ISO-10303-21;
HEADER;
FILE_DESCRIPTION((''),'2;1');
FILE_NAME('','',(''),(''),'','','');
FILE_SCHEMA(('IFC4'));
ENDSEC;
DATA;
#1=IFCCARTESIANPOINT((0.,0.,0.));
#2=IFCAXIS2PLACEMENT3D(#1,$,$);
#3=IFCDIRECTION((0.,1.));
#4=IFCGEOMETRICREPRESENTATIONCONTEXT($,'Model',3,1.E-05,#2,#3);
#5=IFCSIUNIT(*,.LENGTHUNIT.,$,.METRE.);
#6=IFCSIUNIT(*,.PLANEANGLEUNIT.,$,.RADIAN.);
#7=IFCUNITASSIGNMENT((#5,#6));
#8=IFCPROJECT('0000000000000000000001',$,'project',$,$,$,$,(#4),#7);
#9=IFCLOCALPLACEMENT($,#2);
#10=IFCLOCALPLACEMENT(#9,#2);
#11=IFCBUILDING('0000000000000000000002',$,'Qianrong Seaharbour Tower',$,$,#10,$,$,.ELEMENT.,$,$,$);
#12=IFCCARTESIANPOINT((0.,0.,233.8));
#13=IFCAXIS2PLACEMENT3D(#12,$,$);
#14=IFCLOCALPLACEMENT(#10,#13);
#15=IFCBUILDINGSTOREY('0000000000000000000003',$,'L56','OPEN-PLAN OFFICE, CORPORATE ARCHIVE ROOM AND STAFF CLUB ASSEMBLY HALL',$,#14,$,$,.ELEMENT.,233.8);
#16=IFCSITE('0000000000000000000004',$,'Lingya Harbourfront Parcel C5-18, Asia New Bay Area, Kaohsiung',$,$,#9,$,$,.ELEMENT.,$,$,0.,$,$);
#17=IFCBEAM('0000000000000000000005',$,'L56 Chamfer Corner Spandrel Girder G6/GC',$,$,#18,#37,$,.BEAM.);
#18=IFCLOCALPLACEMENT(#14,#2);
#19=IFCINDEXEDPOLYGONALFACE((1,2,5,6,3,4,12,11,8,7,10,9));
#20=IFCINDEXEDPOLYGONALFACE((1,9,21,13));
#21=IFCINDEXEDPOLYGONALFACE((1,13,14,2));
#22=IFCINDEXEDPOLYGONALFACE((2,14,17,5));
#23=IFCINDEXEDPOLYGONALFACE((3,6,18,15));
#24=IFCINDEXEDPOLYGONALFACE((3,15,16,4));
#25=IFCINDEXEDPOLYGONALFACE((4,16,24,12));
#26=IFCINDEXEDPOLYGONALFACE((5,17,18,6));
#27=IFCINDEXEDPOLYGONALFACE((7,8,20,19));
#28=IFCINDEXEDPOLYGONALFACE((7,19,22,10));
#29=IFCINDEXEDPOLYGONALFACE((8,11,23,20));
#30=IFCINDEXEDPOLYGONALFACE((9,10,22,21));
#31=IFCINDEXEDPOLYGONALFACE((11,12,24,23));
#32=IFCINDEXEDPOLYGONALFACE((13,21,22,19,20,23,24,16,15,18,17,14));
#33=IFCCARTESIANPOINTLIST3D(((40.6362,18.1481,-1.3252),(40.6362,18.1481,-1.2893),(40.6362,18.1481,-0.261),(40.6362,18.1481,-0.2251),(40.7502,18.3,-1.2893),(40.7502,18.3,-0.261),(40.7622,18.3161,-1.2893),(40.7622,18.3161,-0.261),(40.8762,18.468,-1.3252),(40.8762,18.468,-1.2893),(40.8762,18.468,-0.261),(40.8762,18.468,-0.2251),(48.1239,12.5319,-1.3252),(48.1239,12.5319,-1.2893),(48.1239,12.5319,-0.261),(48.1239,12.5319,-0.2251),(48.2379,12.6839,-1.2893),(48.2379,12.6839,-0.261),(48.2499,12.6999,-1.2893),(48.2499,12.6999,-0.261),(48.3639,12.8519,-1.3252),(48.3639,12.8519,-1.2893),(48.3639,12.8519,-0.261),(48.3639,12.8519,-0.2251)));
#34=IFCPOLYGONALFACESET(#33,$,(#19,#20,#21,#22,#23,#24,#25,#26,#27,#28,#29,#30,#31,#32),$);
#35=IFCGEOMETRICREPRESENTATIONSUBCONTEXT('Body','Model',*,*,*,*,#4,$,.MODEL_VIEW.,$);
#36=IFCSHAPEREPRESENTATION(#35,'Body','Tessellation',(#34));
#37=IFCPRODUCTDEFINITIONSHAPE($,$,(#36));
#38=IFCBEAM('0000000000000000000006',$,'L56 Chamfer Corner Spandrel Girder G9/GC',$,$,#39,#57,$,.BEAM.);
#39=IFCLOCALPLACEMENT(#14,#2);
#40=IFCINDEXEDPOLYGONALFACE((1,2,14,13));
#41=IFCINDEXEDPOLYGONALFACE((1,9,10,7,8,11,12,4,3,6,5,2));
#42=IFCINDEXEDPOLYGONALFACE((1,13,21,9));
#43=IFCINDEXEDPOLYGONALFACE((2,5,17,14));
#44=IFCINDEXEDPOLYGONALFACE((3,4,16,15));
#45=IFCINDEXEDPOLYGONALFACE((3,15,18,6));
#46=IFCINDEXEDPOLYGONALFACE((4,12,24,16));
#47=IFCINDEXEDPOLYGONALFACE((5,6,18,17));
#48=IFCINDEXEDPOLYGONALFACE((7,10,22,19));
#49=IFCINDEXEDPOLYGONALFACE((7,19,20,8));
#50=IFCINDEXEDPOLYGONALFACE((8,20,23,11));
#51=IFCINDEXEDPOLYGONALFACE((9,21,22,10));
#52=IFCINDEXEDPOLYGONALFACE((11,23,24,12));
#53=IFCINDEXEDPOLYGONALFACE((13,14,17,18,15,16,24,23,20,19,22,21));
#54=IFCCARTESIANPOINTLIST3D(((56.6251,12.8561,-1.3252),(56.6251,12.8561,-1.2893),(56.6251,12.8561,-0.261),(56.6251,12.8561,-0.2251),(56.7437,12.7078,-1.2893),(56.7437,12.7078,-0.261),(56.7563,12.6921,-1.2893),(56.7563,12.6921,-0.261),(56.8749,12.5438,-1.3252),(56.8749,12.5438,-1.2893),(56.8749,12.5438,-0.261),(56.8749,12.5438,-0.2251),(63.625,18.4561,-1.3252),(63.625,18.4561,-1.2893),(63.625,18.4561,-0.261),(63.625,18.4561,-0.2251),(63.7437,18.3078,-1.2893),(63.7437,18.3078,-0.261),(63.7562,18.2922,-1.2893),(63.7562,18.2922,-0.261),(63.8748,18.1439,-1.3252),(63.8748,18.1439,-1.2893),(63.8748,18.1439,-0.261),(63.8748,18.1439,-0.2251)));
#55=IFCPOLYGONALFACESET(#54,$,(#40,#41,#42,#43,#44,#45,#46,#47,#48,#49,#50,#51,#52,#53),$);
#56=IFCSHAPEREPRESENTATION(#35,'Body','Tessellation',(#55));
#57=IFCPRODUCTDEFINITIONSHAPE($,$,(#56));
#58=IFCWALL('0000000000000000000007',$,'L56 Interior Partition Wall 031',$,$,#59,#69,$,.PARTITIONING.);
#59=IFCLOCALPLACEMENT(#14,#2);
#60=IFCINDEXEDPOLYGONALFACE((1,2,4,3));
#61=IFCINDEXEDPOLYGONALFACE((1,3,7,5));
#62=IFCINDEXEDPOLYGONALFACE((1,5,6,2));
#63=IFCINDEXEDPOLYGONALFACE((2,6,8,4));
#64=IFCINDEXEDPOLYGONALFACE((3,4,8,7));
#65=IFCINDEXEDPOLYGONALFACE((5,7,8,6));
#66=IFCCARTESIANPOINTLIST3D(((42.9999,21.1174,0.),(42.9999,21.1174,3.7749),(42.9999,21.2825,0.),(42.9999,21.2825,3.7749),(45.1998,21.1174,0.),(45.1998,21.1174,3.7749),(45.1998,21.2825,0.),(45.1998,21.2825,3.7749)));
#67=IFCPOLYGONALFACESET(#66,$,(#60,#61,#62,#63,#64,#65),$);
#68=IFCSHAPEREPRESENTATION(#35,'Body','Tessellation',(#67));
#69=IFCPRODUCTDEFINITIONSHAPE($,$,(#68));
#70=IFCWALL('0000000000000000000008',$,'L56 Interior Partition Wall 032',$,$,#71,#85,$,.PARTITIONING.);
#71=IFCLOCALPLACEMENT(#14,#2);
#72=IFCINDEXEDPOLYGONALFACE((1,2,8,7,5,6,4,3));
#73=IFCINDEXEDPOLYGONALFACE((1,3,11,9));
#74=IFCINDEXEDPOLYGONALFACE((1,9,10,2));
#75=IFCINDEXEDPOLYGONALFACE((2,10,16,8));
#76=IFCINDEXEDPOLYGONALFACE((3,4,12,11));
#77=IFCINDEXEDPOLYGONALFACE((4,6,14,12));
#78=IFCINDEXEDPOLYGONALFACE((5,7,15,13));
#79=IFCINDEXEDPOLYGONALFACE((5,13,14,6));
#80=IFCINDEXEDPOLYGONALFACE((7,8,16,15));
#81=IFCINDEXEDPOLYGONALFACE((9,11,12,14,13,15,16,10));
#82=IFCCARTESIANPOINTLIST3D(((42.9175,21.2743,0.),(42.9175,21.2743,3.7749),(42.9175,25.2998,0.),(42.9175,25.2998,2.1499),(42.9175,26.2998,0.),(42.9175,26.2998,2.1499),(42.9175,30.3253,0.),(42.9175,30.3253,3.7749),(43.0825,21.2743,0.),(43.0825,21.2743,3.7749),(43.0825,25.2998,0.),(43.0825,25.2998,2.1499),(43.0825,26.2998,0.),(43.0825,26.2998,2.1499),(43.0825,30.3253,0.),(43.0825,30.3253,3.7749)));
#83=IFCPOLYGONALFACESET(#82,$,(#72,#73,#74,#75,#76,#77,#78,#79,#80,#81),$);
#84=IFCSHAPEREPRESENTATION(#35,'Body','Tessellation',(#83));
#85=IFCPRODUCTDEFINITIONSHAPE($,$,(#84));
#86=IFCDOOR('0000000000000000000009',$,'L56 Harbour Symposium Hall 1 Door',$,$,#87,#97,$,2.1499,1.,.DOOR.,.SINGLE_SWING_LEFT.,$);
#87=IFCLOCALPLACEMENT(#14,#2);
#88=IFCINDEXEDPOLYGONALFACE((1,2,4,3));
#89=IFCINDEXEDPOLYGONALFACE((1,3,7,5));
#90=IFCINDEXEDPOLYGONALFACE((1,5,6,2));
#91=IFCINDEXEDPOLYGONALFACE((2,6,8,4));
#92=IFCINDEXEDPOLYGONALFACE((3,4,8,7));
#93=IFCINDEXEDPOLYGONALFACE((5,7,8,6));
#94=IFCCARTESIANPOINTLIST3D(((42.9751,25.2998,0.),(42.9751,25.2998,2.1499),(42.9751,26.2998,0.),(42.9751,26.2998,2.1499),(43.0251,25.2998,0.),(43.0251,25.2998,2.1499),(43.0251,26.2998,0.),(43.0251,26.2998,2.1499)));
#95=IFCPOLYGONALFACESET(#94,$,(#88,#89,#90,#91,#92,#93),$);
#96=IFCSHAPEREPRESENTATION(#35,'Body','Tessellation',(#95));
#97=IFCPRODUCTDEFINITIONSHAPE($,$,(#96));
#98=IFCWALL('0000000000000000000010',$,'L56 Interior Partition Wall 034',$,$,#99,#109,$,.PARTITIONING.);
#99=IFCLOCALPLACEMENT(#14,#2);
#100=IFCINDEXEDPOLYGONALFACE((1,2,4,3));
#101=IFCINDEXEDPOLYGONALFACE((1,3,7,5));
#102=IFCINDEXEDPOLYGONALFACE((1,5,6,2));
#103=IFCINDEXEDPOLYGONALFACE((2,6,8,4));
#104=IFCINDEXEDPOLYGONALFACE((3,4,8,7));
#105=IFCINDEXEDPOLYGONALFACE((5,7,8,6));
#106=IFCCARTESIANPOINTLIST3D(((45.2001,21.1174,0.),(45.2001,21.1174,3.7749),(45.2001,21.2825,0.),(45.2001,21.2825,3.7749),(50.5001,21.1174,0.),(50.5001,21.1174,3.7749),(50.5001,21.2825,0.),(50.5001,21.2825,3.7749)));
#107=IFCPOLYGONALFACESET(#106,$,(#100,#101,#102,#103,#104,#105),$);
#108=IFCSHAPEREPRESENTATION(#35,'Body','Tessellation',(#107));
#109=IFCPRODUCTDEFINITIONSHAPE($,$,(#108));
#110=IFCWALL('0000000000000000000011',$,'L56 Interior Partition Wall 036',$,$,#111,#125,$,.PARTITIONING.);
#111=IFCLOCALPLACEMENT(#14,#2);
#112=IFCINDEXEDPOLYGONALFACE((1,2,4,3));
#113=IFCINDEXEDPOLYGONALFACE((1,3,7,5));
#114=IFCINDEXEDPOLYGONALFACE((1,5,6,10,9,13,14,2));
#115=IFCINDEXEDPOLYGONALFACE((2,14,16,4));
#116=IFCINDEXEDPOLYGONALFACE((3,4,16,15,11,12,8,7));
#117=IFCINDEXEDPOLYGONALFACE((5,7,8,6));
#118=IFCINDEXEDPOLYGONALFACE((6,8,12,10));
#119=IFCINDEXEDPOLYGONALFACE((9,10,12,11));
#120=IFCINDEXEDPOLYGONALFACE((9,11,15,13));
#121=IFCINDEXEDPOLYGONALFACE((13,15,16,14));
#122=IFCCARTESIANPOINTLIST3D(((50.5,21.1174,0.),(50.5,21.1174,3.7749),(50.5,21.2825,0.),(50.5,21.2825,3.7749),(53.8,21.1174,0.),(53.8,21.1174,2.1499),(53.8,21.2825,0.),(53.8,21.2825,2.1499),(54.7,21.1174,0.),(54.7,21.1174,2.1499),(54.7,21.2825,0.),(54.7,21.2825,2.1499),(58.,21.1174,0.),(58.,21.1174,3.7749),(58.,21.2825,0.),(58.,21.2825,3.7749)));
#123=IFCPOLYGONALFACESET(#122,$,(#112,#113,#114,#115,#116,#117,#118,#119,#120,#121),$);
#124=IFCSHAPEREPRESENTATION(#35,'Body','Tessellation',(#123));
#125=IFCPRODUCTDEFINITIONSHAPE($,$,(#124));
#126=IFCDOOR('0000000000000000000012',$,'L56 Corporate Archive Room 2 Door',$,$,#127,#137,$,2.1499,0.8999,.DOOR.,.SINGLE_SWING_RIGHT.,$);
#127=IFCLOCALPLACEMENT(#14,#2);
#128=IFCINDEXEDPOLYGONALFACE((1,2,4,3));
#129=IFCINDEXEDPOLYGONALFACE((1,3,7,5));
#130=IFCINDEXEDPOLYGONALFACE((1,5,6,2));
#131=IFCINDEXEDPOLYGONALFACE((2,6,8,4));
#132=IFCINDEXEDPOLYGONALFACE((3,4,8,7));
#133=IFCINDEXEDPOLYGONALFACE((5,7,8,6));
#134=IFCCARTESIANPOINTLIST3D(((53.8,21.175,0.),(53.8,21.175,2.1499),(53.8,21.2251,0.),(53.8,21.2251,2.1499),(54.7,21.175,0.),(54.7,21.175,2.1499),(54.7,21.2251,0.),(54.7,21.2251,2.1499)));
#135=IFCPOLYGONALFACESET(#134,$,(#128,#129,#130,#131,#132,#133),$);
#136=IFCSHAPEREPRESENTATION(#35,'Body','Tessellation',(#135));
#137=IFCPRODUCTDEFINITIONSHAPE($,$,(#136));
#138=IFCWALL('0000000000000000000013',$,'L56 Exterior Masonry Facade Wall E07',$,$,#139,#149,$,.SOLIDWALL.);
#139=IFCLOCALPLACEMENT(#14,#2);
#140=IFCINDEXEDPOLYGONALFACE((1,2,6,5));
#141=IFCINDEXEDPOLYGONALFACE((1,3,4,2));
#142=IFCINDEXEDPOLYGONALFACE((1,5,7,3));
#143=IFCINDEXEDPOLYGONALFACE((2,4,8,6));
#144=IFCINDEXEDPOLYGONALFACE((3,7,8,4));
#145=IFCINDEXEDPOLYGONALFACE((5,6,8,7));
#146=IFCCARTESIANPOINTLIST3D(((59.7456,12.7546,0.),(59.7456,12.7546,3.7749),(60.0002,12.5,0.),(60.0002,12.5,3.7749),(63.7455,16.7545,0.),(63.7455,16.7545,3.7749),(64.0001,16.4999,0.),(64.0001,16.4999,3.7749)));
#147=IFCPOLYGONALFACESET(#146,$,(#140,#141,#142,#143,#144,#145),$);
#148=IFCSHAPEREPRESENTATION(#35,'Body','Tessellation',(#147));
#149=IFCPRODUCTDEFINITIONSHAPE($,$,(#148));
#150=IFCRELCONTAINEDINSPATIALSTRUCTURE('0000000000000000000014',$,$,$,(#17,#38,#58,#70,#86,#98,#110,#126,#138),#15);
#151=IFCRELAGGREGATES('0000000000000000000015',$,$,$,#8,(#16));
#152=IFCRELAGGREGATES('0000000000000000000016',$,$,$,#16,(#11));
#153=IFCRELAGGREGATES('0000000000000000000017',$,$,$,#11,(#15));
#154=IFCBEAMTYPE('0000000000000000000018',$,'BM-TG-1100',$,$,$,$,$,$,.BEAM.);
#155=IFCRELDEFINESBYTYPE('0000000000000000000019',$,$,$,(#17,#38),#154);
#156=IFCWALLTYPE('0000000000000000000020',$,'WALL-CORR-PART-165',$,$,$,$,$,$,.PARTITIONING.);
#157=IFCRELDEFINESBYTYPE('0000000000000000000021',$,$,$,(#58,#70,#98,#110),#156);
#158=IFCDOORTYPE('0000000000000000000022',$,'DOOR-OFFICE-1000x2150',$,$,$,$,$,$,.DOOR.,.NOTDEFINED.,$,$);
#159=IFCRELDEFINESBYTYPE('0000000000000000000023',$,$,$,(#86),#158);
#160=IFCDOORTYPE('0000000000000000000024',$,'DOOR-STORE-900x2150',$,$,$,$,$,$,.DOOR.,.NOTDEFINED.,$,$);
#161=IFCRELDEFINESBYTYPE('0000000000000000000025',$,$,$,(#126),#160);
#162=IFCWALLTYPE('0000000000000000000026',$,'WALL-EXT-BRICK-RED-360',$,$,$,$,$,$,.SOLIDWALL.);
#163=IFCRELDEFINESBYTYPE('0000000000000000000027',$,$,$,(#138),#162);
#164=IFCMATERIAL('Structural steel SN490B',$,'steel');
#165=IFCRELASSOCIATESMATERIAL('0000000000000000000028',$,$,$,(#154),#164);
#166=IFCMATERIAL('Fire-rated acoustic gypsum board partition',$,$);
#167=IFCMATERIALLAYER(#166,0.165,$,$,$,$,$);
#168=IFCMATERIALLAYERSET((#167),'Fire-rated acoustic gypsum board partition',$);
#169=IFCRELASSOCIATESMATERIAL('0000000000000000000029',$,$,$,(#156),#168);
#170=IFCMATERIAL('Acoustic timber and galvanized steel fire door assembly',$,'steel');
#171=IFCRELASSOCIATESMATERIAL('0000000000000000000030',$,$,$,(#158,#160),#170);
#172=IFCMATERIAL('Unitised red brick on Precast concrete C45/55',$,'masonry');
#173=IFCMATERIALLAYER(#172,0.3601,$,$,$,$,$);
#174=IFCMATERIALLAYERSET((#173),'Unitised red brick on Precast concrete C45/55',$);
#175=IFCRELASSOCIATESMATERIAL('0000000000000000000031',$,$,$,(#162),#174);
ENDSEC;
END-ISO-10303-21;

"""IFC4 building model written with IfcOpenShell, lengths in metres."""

from ifc_helpers import new_model, si_unit, direction, frame, frame_2d, origin, origin_2d, place, context, subcontext, project, spatial, rectangle, i_section, extrude, material, layer, layer_set, material_profile, profile_set, type_object, element, fill, save


model = new_model("IFC4")

# Units and contexts
model_context = context("Model", 3, precision=1e-05, world=origin(), true_north=direction((0.0, 1.0)))
body_context = subcontext(model_context, "Body", "Model", "MODEL_VIEW")
ifc_project = project(units=[si_unit("LENGTHUNIT", "METRE"), si_unit("PLANEANGLEUNIT", "RADIAN")], contexts=[model_context])

# Site, building, storey
site_placement = place(None, origin())
site = spatial("IfcSite", under=ifc_project, at=site_placement, Name="Lingya Harbourfront Parcel C5-18, Asia New Bay Area, Kaohsiung", CompositionType="ELEMENT", RefElevation=0.0)
building_placement = place(site_placement, origin())
building = spatial("IfcBuilding", under=site, at=building_placement, Name="Qianrong Seaharbour Tower", CompositionType="ELEMENT")
storey_placement = place(building_placement, frame((0.0, 0.0, 233.8)))
storey = spatial("IfcBuildingStorey", under=building, at=storey_placement, Name="L56", Description="OPEN-PLAN OFFICE, CORPORATE ARCHIVE ROOM AND STAFF CLUB ASSEMBLY HALL", CompositionType="ELEMENT", Elevation=233.8)

# Shared definitions
ifc_material_1 = material(Name="Structural steel SN490B", Category="steel")

# Beams
ifc_material_profile_1 = material_profile(ifc_material_1, i_section(OverallWidth=0.3999, OverallDepth=1.1001, WebThickness=0.02, FlangeThickness=0.0359, at=origin_2d()), Name="BH1100x400x20x36")
ifc_profile_set_1 = profile_set([ifc_material_profile_1], Name="Structural steel SN490B")
beam_type_1 = type_object("IfcBeamType", Name="BM-TG-1100", PredefinedType="BEAM", material=ifc_profile_set_1)
beam_1_placement = place(storey_placement, frame((48.2439, 12.6919, -0.7751), z_axis=(-0.799981, 0.600025, 0.0), x_axis=(-0.600025, -0.799981, 0.0)))
element("IfcBeam", 1, at=beam_1_placement, inside=storey, type_object=beam_type_1, Name="L56 Chamfer Corner Spandrel Girder G6/GC", PredefinedType="BEAM", context=body_context, shape_type="SweptSolid", body=[
    extrude(i_section(OverallWidth=0.3999, OverallDepth=1.1001, WebThickness=0.02, FlangeThickness=0.0359, at=origin_2d()), origin(), (0.0, 0.0, 1.0), 9.3599),
])
beam_2_placement = place(storey_placement, frame((56.75, 12.7, -0.7751), z_axis=(0.780863, 0.624702, 0.0), x_axis=(-0.624702, 0.780863, 0.0)))
element("IfcBeam", 2, at=beam_2_placement, inside=storey, type_object=beam_type_1, Name="L56 Chamfer Corner Spandrel Girder G9/GC", PredefinedType="BEAM", context=body_context, shape_type="SweptSolid", body=[
    extrude(i_section(OverallWidth=0.3999, OverallDepth=1.1001, WebThickness=0.02, FlangeThickness=0.0359, at=origin_2d()), origin(), (0.0, 0.0, 1.0), 8.9644),
])

# Wall
ifc_material_2 = material(Name="Fire-rated acoustic gypsum board partition")
ifc_layer_1 = layer(ifc_material_2, 0.165)
ifc_layer_set_1 = layer_set([ifc_layer_1], Name="Fire-rated acoustic gypsum board partition")
wall_type_1 = type_object("IfcWallType", Name="WALL-CORR-PART-165", PredefinedType="PARTITIONING", material=ifc_layer_set_1)
wall_1_placement = place(storey_placement, frame((45.2, 21.2, 0.0), z_axis=(0.0, 0.0, 1.0), x_axis=(-1.0, 0.0, 0.0)))
element("IfcWall", 3, at=wall_1_placement, inside=storey, type_object=wall_type_1, Name="L56 Interior Partition Wall 031", PredefinedType="PARTITIONING", context=body_context, shape_type="SweptSolid", body=[
    extrude(rectangle(XDim=2.2, YDim=0.165, at=frame_2d((1.1001, 0.0))), origin(), (0.0, 0.0, 1.0), 3.7749),
])

# Wall, opening, door
wall_2_placement = place(storey_placement, frame((43.0, 21.2744, 0.0), z_axis=(0.0, 0.0, 1.0), x_axis=(0.0, 1.0, 0.0)))
wall_2 = element("IfcWall", 4, at=wall_2_placement, inside=storey, type_object=wall_type_1, Name="L56 Interior Partition Wall 032", PredefinedType="PARTITIONING", context=body_context, shape_type="SweptSolid", body=[
    extrude(rectangle(XDim=9.051, YDim=0.165, at=frame_2d((4.5254, 0.0))), origin(), (0.0, 0.0, 1.0), 3.7749),
])
opening_1_placement = place(wall_2_placement, frame((4.0254, 0.0, 0.0)))
opening_1 = element("IfcOpeningElement", 5, at=opening_1_placement, cuts=wall_2, PredefinedType="OPENING", context=body_context, shape_type="SweptSolid", body=[
    extrude(rectangle(XDim=1.0, YDim=2.1499, at=frame_2d((0.5, 1.075))), frame((0.0, 0.0925, 0.0), z_axis=(0.0, -1.0, 0.0), x_axis=(1.0, 0.0, 0.0)), (0.0, 0.0, 1.0), 0.1851),
])
ifc_material_3 = material(Name="Acoustic timber and galvanized steel fire door assembly", Category="steel")
door_type_1 = type_object("IfcDoorType", Name="DOOR-OFFICE-1000x2150", OperationType="NOTDEFINED", PredefinedType="DOOR", material=ifc_material_3)
door_1_placement = place(opening_1_placement, origin())
door_1 = element("IfcDoor", 6, at=door_1_placement, inside=storey, type_object=door_type_1, Name="L56 Harbour Symposium Hall 1 Door", OperationType="SINGLE_SWING_LEFT", OverallHeight=2.1499, OverallWidth=1.0, PredefinedType="DOOR", context=body_context, shape_type="SweptSolid", body=[
    extrude(rectangle(XDim=1.0, YDim=2.1499, at=frame_2d((0.5, 1.075))), frame((0.0, 0.0249, 0.0), z_axis=(0.0, -1.0, 0.0), x_axis=(1.0, 0.0, 0.0)), (0.0, 0.0, 1.0), 0.05),
])
fill(opening_1, door_1)

# Wall
wall_3_placement = place(storey_placement, frame((50.5, 21.2, 0.0), z_axis=(0.0, 0.0, 1.0), x_axis=(-1.0, 0.0, 0.0)))
element("IfcWall", 7, at=wall_3_placement, inside=storey, type_object=wall_type_1, Name="L56 Interior Partition Wall 034", PredefinedType="PARTITIONING", context=body_context, shape_type="SweptSolid", body=[
    extrude(rectangle(XDim=5.3, YDim=0.165, at=frame_2d((2.6499, 0.0))), origin(), (0.0, 0.0, 1.0), 3.7749),
])

# Wall, opening, door
wall_4_placement = place(storey_placement, frame((58.0, 21.2, 0.0), z_axis=(0.0, 0.0, 1.0), x_axis=(-1.0, 0.0, 0.0)))
wall_4 = element("IfcWall", 8, at=wall_4_placement, inside=storey, type_object=wall_type_1, Name="L56 Interior Partition Wall 036", PredefinedType="PARTITIONING", context=body_context, shape_type="SweptSolid", body=[
    extrude(rectangle(XDim=7.5, YDim=0.165, at=frame_2d((3.75, 0.0))), origin(), (0.0, 0.0, 1.0), 3.7749),
])
opening_2_placement = place(wall_4_placement, frame((3.3, 0.0, 0.0)))
opening_2 = element("IfcOpeningElement", 9, at=opening_2_placement, cuts=wall_4, PredefinedType="OPENING", context=body_context, shape_type="SweptSolid", body=[
    extrude(rectangle(XDim=0.8999, YDim=2.1499, at=frame_2d((0.45, 1.075))), frame((0.0, 0.0925, 0.0), z_axis=(0.0, -1.0, 0.0), x_axis=(1.0, 0.0, 0.0)), (0.0, 0.0, 1.0), 0.1851),
])
door_type_2 = type_object("IfcDoorType", Name="DOOR-STORE-900x2150", OperationType="NOTDEFINED", PredefinedType="DOOR", material=ifc_material_3)
door_2_placement = place(opening_2_placement, origin())
door_2 = element("IfcDoor", 10, at=door_2_placement, inside=storey, type_object=door_type_2, Name="L56 Corporate Archive Room 2 Door", OperationType="SINGLE_SWING_RIGHT", OverallHeight=2.1499, OverallWidth=0.8999, PredefinedType="DOOR", context=body_context, shape_type="SweptSolid", body=[
    extrude(rectangle(XDim=0.8999, YDim=2.1499, at=frame_2d((0.45, 1.075))), frame((0.0, 0.0249, 0.0), z_axis=(0.0, -1.0, 0.0), x_axis=(1.0, 0.0, 0.0)), (0.0, 0.0, 1.0), 0.05),
])
fill(opening_2, door_2)

# Wall
ifc_material_4 = material(Name="Unitised red brick on Precast concrete C45/55", Category="masonry")
ifc_layer_2 = layer(ifc_material_4, 0.3601)
ifc_layer_set_2 = layer_set([ifc_layer_2], Name="Unitised red brick on Precast concrete C45/55")
wall_type_2 = type_object("IfcWallType", Name="WALL-EXT-BRICK-RED-360", PredefinedType="SOLIDWALL", material=ifc_layer_set_2)
wall_5_placement = place(storey_placement, frame((63.8728, 16.6272, 0.0), z_axis=(0.0, 0.0, 1.0), x_axis=(-0.707107, -0.707107, 0.0)))
element("IfcWall", 11, at=wall_5_placement, inside=storey, type_object=wall_type_2, Name="L56 Exterior Masonry Facade Wall E07", PredefinedType="SOLIDWALL", context=body_context, shape_type="SweptSolid", body=[
    extrude(rectangle(XDim=5.6567, YDim=0.3601, at=frame_2d((2.8284, 0.0))), origin(), (0.0, 0.0, 1.0), 3.7749),
])

save(model, "model.ifc")
